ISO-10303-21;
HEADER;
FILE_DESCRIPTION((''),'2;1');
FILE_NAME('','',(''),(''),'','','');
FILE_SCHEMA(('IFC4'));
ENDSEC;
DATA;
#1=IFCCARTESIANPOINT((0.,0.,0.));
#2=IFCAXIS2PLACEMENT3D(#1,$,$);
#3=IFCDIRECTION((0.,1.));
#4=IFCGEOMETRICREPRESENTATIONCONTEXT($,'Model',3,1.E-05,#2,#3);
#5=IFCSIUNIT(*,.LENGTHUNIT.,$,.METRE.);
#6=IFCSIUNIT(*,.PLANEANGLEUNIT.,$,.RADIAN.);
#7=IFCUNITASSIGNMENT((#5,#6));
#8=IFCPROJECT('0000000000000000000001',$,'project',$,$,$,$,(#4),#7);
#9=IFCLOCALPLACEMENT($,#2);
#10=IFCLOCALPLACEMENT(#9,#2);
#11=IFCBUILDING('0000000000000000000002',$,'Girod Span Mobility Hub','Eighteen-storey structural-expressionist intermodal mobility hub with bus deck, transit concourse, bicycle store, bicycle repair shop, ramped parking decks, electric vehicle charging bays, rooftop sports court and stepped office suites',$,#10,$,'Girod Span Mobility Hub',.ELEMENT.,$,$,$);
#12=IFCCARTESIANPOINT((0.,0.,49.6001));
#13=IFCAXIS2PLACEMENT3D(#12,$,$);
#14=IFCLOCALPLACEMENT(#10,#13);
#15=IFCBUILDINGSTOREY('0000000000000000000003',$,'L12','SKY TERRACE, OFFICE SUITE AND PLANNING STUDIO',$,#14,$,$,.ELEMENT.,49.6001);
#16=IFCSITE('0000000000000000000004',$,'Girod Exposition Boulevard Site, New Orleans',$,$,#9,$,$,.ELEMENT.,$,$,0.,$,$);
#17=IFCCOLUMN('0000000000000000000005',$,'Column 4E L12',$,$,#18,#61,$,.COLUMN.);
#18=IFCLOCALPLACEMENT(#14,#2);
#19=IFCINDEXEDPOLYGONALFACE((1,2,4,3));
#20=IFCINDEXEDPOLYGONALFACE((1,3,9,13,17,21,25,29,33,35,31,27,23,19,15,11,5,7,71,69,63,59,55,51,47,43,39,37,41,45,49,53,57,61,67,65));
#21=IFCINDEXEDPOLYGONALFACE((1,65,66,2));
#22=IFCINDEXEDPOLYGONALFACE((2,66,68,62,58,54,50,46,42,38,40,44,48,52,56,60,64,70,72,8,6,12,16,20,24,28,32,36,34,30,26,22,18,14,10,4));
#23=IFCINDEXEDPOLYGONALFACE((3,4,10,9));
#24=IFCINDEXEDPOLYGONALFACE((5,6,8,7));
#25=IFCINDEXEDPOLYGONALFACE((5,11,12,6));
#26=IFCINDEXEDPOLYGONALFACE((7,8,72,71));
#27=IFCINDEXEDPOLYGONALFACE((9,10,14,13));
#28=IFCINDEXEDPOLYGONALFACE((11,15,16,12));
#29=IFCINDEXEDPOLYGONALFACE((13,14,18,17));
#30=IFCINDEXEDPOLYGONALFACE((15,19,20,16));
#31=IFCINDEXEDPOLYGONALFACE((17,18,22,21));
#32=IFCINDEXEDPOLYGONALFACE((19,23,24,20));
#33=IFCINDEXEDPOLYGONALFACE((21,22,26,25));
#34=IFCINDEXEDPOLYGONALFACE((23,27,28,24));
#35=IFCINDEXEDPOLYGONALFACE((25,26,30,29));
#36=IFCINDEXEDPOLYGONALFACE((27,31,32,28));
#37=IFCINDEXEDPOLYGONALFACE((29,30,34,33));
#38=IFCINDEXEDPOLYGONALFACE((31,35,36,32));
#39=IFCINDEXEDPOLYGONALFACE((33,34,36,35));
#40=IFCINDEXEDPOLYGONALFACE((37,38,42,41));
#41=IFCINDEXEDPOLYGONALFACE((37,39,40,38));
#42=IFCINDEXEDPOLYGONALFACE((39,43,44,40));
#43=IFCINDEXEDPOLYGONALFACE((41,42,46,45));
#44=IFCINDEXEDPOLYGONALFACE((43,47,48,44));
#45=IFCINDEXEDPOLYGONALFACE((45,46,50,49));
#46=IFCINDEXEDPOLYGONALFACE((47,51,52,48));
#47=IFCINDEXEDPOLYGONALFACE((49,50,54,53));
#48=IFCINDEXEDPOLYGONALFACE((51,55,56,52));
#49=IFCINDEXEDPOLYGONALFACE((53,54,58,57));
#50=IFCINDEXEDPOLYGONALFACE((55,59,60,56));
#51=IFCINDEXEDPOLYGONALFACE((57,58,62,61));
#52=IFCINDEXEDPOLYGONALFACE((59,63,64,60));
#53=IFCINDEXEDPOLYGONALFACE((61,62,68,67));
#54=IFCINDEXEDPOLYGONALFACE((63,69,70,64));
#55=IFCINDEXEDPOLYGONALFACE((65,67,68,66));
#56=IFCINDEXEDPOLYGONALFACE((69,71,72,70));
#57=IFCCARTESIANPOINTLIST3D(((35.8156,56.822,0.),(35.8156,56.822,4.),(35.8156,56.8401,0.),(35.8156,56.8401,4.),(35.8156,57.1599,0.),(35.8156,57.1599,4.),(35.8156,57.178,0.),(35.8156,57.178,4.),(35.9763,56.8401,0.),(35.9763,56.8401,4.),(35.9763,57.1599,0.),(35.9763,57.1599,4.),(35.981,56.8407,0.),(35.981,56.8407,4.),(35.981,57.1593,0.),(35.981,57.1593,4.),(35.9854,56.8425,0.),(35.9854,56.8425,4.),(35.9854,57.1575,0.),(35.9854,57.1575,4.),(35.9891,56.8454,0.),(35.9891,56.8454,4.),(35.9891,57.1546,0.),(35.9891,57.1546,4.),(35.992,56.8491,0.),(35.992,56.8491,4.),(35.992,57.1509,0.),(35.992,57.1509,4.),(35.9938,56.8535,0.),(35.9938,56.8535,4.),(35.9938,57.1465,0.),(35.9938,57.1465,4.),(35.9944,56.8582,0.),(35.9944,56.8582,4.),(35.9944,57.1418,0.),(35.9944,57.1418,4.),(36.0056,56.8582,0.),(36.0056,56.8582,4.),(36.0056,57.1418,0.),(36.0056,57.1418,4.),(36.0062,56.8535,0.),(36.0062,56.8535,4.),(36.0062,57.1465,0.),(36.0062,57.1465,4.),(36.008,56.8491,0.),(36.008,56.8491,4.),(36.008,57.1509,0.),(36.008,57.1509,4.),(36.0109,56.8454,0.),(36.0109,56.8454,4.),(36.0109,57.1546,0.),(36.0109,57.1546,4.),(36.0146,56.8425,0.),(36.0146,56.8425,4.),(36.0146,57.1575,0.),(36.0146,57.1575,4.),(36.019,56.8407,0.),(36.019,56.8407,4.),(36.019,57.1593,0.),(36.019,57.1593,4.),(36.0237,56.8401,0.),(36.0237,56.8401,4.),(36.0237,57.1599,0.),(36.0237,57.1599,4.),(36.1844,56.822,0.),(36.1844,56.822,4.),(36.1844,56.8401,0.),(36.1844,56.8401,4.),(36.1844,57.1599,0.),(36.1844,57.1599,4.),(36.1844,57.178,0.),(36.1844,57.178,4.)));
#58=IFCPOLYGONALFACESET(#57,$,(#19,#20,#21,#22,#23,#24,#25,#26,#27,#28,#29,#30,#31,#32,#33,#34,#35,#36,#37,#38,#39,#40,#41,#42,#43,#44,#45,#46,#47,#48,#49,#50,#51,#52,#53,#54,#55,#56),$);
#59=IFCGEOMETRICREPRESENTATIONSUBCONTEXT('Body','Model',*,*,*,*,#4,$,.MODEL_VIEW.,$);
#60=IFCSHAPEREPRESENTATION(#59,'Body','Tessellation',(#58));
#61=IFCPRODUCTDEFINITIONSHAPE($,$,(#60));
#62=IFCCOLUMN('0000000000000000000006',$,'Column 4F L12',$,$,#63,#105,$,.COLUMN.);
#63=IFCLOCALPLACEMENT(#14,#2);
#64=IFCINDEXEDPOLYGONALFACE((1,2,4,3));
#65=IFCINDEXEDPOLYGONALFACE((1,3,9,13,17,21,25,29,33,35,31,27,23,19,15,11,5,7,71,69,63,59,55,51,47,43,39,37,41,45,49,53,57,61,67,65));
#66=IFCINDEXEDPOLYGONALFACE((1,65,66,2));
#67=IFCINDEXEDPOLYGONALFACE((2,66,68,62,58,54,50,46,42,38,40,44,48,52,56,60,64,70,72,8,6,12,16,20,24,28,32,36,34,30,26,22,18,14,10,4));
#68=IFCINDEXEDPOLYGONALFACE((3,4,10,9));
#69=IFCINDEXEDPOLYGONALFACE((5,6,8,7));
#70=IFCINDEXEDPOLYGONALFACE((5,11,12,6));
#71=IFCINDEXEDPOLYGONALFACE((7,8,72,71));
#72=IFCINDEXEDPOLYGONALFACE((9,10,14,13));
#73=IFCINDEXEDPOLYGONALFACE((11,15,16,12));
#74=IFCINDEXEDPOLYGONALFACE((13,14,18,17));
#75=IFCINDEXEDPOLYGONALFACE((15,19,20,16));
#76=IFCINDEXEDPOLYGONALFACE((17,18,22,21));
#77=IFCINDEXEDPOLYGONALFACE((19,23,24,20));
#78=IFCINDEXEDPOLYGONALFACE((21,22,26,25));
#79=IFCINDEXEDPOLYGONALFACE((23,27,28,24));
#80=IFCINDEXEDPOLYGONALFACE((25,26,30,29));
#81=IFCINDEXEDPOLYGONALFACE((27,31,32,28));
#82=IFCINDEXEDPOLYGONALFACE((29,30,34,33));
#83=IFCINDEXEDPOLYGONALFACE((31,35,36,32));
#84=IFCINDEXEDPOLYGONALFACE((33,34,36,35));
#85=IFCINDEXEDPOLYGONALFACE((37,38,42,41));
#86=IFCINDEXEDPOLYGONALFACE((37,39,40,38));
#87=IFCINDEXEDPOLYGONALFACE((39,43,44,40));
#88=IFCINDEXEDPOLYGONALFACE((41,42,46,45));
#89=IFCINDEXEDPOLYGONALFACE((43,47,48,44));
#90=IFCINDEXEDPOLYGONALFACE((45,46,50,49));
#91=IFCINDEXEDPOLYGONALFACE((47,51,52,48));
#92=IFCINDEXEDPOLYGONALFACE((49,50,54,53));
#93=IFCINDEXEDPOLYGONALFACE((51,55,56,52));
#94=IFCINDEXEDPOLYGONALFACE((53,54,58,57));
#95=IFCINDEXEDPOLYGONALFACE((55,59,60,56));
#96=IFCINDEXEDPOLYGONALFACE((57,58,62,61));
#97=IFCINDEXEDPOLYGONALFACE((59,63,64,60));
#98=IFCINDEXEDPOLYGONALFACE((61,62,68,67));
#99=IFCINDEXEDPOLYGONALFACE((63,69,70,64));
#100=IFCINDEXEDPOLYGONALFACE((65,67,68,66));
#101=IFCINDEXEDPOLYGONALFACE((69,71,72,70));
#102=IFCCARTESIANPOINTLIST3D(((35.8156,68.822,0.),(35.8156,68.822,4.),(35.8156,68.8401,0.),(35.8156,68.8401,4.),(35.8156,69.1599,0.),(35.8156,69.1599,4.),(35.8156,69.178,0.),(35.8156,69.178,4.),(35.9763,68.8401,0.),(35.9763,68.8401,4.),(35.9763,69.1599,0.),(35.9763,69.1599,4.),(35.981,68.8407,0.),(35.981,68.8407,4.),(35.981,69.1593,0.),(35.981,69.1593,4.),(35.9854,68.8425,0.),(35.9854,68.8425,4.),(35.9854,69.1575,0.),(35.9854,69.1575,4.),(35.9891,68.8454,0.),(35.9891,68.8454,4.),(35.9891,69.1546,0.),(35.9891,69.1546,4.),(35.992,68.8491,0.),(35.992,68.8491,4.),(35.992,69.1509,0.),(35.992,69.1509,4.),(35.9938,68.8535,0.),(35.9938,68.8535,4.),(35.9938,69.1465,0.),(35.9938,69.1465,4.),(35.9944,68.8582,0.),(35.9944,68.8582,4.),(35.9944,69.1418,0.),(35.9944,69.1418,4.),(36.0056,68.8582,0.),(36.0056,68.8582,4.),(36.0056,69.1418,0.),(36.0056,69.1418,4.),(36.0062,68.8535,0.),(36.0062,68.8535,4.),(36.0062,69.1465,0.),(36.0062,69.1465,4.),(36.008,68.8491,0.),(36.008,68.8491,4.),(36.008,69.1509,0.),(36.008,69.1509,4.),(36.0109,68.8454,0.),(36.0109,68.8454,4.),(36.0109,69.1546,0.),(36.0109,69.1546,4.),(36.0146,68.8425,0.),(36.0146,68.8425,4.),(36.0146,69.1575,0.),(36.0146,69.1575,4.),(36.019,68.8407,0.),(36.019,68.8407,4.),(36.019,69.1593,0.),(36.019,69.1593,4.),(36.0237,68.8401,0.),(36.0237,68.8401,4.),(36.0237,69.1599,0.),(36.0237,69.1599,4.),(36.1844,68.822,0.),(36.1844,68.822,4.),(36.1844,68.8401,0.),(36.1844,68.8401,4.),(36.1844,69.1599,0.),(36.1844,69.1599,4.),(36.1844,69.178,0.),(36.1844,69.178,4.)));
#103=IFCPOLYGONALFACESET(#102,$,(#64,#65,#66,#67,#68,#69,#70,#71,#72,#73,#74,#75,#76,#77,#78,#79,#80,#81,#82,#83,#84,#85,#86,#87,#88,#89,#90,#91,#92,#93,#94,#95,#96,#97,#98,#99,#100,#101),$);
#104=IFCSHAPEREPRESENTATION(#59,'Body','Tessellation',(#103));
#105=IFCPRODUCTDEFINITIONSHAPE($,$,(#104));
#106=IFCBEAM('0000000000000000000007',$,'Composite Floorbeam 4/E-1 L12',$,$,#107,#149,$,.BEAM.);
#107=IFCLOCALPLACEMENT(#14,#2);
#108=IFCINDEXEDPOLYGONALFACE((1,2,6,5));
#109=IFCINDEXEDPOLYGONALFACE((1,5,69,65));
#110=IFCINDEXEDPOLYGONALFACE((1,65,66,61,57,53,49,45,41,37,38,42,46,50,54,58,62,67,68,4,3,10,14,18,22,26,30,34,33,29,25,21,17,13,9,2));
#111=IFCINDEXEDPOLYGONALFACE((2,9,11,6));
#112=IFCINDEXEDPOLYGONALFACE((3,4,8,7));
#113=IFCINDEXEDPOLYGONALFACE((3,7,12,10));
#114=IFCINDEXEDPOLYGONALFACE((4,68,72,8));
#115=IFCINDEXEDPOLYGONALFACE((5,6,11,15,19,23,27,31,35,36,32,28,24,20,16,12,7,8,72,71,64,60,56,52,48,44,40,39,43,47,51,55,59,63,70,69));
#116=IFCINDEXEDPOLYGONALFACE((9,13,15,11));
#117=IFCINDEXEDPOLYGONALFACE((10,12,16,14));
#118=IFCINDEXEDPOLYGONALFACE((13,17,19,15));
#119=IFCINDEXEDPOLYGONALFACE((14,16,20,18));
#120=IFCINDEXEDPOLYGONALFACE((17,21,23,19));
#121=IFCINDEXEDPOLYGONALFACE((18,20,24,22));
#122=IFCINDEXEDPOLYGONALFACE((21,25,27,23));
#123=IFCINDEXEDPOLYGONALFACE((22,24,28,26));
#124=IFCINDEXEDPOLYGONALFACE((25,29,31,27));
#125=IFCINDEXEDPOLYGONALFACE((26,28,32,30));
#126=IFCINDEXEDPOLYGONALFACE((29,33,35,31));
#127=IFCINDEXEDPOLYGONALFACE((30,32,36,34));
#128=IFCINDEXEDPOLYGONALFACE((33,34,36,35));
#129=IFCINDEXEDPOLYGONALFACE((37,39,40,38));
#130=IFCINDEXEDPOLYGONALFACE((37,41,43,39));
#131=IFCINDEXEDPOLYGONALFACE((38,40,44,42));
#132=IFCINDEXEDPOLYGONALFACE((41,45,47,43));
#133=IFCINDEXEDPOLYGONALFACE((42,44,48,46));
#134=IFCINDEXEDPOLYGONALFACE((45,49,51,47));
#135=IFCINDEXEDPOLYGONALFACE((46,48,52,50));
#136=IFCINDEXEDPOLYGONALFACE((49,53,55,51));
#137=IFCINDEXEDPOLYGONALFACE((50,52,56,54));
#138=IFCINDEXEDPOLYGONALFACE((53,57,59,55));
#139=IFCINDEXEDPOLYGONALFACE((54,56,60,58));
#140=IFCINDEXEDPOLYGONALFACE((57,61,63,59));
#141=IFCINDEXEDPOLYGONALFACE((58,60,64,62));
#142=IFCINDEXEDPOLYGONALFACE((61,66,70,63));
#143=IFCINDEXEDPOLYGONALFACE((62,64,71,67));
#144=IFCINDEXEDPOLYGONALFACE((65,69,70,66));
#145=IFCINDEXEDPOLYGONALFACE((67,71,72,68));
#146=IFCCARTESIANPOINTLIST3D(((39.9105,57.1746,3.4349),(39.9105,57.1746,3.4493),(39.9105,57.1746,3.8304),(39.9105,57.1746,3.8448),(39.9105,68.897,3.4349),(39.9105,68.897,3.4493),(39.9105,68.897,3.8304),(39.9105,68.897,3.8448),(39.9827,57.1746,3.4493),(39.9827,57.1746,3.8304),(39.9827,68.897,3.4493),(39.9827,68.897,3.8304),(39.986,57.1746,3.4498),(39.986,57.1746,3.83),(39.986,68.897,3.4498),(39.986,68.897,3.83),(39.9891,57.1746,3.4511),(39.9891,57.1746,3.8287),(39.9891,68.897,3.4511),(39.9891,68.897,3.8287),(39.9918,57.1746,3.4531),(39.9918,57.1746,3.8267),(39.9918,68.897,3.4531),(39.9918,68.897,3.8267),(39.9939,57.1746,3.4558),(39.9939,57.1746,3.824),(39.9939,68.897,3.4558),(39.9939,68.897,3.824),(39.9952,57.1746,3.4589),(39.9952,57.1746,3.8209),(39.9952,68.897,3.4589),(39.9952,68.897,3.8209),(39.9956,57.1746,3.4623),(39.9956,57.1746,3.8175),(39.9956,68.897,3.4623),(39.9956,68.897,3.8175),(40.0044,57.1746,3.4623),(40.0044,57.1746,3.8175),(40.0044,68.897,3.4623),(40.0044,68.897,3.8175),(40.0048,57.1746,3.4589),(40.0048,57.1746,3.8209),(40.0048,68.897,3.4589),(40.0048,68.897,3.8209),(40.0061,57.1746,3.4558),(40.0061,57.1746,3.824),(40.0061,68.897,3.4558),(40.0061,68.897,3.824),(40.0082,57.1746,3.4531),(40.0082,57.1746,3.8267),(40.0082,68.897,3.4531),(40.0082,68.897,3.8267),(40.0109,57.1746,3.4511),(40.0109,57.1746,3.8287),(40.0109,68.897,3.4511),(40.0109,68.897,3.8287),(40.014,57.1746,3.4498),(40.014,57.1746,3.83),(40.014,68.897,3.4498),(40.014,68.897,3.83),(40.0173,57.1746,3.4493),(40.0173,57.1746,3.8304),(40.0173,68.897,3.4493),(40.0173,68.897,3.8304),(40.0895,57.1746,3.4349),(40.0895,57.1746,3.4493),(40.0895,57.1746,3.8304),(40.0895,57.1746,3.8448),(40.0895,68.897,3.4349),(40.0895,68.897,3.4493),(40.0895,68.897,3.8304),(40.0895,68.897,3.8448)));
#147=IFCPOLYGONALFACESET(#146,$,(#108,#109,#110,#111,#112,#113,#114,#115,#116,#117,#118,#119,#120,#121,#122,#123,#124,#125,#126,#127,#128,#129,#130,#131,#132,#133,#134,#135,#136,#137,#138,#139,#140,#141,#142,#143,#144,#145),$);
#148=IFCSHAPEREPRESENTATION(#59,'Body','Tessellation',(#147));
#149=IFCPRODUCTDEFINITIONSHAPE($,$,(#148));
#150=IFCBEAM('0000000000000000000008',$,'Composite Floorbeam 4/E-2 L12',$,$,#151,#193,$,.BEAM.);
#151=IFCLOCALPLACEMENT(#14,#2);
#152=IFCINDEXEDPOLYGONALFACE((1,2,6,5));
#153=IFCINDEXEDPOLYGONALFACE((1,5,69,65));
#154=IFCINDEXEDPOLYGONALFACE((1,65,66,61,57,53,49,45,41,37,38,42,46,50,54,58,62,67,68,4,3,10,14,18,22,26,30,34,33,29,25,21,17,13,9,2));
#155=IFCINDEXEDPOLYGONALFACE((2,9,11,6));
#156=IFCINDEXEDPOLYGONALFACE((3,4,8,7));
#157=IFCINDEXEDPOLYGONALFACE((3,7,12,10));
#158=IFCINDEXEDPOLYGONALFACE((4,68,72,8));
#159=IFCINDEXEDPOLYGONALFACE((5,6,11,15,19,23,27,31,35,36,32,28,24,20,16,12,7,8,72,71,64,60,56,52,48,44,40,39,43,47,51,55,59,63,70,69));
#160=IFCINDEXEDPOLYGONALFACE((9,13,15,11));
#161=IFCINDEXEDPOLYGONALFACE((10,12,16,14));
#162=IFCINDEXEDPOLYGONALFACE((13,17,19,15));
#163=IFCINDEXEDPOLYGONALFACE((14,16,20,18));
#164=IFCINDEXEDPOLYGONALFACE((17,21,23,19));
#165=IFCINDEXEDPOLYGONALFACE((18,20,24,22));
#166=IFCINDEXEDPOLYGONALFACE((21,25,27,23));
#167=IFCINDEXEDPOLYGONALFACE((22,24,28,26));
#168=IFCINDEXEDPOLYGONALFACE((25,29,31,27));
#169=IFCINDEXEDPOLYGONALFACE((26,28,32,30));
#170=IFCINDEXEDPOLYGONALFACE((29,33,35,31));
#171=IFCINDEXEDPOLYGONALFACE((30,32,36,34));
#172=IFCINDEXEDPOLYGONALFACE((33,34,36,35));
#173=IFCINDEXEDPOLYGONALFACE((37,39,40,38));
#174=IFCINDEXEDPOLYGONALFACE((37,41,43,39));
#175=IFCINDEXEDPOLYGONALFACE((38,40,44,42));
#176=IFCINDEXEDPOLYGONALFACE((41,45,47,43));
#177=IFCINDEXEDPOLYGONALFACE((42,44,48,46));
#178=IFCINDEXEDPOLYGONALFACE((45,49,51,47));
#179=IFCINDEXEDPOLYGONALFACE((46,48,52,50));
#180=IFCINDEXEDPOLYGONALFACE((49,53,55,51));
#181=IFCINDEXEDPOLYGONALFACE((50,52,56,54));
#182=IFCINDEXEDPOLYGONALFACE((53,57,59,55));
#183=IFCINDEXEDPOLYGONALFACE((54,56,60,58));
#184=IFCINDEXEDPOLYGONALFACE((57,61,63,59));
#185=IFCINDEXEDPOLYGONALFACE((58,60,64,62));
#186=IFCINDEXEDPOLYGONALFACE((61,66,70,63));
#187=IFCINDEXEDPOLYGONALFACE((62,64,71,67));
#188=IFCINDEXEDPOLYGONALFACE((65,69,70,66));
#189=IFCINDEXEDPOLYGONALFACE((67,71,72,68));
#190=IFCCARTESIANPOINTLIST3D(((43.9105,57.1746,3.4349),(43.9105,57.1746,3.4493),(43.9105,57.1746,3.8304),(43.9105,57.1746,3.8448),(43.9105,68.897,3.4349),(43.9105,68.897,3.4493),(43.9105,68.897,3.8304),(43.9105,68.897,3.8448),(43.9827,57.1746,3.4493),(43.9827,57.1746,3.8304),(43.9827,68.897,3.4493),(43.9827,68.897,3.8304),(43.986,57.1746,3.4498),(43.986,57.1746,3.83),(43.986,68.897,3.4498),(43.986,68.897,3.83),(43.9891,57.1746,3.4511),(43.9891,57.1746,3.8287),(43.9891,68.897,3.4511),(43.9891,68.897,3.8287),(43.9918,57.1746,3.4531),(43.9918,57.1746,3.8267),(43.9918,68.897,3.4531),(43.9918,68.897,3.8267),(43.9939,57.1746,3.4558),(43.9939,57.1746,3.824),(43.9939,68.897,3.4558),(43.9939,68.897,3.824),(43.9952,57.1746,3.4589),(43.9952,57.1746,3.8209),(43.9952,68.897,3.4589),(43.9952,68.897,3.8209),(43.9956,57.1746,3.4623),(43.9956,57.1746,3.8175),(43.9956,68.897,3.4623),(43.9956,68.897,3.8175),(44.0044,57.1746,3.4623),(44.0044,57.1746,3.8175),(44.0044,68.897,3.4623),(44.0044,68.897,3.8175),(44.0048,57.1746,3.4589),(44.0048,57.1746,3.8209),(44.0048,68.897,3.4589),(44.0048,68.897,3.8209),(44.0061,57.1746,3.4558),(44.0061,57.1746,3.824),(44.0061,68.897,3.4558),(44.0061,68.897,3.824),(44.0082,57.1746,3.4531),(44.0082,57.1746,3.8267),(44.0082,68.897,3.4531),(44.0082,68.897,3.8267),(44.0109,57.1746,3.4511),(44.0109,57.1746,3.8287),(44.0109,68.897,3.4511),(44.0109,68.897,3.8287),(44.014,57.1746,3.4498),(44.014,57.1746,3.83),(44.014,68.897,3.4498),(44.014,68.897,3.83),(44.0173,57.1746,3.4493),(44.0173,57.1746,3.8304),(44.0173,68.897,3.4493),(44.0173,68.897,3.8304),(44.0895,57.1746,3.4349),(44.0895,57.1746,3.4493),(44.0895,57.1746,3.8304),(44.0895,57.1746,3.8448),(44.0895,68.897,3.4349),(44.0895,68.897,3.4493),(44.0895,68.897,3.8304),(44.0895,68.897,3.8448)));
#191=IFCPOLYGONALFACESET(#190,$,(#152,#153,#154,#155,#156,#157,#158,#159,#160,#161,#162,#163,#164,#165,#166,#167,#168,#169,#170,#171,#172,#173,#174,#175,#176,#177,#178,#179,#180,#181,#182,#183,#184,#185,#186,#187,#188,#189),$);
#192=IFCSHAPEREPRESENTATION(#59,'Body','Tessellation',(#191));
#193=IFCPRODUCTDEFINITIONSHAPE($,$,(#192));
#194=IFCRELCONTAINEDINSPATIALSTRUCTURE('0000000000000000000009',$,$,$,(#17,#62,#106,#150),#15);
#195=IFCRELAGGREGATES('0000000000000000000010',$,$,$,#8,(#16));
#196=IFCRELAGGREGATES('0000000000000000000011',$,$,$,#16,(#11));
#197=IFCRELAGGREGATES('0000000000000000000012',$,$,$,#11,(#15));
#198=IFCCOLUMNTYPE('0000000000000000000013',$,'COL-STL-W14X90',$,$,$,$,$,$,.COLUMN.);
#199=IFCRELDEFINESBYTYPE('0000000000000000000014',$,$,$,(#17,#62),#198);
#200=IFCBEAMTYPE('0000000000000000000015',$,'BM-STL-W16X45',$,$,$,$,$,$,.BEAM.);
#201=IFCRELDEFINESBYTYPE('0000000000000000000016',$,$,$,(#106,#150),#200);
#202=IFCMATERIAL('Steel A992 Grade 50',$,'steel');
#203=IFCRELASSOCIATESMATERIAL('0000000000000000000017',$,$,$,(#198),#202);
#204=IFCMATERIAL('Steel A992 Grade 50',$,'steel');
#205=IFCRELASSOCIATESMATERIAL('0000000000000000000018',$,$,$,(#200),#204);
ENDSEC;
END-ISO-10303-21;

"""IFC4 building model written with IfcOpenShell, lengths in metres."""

from ifc_helpers import new_model, si_unit, direction, frame, origin, origin_2d, place, context, subcontext, project, spatial, i_section, extrude, material, material_profile, profile_set, type_object, element, save


model = new_model("IFC4")

# Units and contexts
model_context = context("Model", 3, precision=1e-05, world=origin(), true_north=direction((0.0, 1.0)))
body_context = subcontext(model_context, "Body", "Model", "MODEL_VIEW")
ifc_project = project(units=[si_unit("LENGTHUNIT", "METRE"), si_unit("PLANEANGLEUNIT", "RADIAN")], contexts=[model_context])

# Site, building, storey
site_placement = place(None, origin())
site = spatial("IfcSite", under=ifc_project, at=site_placement, Name="Girod Exposition Boulevard Site, New Orleans", CompositionType="ELEMENT", RefElevation=0.0)
building_placement = place(site_placement, origin())
building = spatial("IfcBuilding", under=site, at=building_placement, Name="Girod Span Mobility Hub", Description="Eighteen-storey structural-expressionist intermodal mobility hub with bus deck, transit concourse, bicycle store, bicycle repair shop, ramped parking decks, electric vehicle charging bays, rooftop sports court and stepped office suites", LongName="Girod Span Mobility Hub", CompositionType="ELEMENT")
storey_placement = place(building_placement, frame((0.0, 0.0, 49.6001)))
storey = spatial("IfcBuildingStorey", under=building, at=storey_placement, Name="L12", Description="SKY TERRACE, OFFICE SUITE AND PLANNING STUDIO", CompositionType="ELEMENT", Elevation=49.6001)

# Columns
ifc_material_1 = material(Name="Steel A992 Grade 50", Category="steel")
ifc_material_profile_1 = material_profile(ifc_material_1, i_section(OverallWidth=0.3689, OverallDepth=0.356, WebThickness=0.0112, FlangeThickness=0.0181, FilletRadius=0.0181, at=origin_2d()), Name="W14X90")
ifc_profile_set_1 = profile_set([ifc_material_profile_1], Name="Steel A992 Grade 50")
column_type = type_object("IfcColumnType", Name="COL-STL-W14X90", PredefinedType="COLUMN", material=ifc_profile_set_1)
for number, where, z_axis, x_axis, name in (
    (1, (36.0, 57.0, 0.0), (0.0, 0.0, 1.0), (1.0, 0.0, 0.0), "Column 4E L12"),
    (2, (36.0, 69.0, 0.0), (0.0, 0.0, 1.0), (1.0, 0.0, 0.0), "Column 4F L12"),
):
    element("IfcColumn", number, at=place(storey_placement, frame(where, z_axis=z_axis, x_axis=x_axis)), inside=storey, type_object=column_type, Name=name, PredefinedType="COLUMN", context=body_context, shape_type="SweptSolid", body=[
        extrude(i_section(OverallWidth=0.3689, OverallDepth=0.356, WebThickness=0.0112, FlangeThickness=0.0181, FilletRadius=0.0181, at=origin_2d()), origin(), (0.0, 0.0, 1.0), 4.0),
    ])

# Beams
ifc_material_2 = material(Name="Steel A992 Grade 50", Category="steel")
ifc_material_profile_2 = material_profile(ifc_material_2, i_section(OverallWidth=0.179, OverallDepth=0.4099, WebThickness=0.0088, FlangeThickness=0.0144, FilletRadius=0.0129, at=origin_2d()), Name="W16X45")
ifc_profile_set_2 = profile_set([ifc_material_profile_2], Name="Steel A992 Grade 50")
beam_type_1 = type_object("IfcBeamType", Name="BM-STL-W16X45", PredefinedType="BEAM", material=ifc_profile_set_2)
for number, where, z_axis, x_axis, name in (
    (3, (40.0, 57.1746, 3.6399), (0.0, 1.0, 0.0), (-1.0, 0.0, 0.0), "Composite Floorbeam 4/E-1 L12"),
    (4, (44.0, 57.1746, 3.6399), (0.0, 1.0, 0.0), (-1.0, 0.0, 0.0), "Composite Floorbeam 4/E-2 L12"),
):
    element("IfcBeam", number, at=place(storey_placement, frame(where, z_axis=z_axis, x_axis=x_axis)), inside=storey, type_object=beam_type_1, Name=name, PredefinedType="BEAM", context=body_context, shape_type="SweptSolid", body=[
        extrude(i_section(OverallWidth=0.179, OverallDepth=0.4099, WebThickness=0.0088, FlangeThickness=0.0144, FilletRadius=0.0129, at=origin_2d()), origin(), (0.0, 0.0, 1.0), 11.7224),
    ])

save(model, "model.ifc")
